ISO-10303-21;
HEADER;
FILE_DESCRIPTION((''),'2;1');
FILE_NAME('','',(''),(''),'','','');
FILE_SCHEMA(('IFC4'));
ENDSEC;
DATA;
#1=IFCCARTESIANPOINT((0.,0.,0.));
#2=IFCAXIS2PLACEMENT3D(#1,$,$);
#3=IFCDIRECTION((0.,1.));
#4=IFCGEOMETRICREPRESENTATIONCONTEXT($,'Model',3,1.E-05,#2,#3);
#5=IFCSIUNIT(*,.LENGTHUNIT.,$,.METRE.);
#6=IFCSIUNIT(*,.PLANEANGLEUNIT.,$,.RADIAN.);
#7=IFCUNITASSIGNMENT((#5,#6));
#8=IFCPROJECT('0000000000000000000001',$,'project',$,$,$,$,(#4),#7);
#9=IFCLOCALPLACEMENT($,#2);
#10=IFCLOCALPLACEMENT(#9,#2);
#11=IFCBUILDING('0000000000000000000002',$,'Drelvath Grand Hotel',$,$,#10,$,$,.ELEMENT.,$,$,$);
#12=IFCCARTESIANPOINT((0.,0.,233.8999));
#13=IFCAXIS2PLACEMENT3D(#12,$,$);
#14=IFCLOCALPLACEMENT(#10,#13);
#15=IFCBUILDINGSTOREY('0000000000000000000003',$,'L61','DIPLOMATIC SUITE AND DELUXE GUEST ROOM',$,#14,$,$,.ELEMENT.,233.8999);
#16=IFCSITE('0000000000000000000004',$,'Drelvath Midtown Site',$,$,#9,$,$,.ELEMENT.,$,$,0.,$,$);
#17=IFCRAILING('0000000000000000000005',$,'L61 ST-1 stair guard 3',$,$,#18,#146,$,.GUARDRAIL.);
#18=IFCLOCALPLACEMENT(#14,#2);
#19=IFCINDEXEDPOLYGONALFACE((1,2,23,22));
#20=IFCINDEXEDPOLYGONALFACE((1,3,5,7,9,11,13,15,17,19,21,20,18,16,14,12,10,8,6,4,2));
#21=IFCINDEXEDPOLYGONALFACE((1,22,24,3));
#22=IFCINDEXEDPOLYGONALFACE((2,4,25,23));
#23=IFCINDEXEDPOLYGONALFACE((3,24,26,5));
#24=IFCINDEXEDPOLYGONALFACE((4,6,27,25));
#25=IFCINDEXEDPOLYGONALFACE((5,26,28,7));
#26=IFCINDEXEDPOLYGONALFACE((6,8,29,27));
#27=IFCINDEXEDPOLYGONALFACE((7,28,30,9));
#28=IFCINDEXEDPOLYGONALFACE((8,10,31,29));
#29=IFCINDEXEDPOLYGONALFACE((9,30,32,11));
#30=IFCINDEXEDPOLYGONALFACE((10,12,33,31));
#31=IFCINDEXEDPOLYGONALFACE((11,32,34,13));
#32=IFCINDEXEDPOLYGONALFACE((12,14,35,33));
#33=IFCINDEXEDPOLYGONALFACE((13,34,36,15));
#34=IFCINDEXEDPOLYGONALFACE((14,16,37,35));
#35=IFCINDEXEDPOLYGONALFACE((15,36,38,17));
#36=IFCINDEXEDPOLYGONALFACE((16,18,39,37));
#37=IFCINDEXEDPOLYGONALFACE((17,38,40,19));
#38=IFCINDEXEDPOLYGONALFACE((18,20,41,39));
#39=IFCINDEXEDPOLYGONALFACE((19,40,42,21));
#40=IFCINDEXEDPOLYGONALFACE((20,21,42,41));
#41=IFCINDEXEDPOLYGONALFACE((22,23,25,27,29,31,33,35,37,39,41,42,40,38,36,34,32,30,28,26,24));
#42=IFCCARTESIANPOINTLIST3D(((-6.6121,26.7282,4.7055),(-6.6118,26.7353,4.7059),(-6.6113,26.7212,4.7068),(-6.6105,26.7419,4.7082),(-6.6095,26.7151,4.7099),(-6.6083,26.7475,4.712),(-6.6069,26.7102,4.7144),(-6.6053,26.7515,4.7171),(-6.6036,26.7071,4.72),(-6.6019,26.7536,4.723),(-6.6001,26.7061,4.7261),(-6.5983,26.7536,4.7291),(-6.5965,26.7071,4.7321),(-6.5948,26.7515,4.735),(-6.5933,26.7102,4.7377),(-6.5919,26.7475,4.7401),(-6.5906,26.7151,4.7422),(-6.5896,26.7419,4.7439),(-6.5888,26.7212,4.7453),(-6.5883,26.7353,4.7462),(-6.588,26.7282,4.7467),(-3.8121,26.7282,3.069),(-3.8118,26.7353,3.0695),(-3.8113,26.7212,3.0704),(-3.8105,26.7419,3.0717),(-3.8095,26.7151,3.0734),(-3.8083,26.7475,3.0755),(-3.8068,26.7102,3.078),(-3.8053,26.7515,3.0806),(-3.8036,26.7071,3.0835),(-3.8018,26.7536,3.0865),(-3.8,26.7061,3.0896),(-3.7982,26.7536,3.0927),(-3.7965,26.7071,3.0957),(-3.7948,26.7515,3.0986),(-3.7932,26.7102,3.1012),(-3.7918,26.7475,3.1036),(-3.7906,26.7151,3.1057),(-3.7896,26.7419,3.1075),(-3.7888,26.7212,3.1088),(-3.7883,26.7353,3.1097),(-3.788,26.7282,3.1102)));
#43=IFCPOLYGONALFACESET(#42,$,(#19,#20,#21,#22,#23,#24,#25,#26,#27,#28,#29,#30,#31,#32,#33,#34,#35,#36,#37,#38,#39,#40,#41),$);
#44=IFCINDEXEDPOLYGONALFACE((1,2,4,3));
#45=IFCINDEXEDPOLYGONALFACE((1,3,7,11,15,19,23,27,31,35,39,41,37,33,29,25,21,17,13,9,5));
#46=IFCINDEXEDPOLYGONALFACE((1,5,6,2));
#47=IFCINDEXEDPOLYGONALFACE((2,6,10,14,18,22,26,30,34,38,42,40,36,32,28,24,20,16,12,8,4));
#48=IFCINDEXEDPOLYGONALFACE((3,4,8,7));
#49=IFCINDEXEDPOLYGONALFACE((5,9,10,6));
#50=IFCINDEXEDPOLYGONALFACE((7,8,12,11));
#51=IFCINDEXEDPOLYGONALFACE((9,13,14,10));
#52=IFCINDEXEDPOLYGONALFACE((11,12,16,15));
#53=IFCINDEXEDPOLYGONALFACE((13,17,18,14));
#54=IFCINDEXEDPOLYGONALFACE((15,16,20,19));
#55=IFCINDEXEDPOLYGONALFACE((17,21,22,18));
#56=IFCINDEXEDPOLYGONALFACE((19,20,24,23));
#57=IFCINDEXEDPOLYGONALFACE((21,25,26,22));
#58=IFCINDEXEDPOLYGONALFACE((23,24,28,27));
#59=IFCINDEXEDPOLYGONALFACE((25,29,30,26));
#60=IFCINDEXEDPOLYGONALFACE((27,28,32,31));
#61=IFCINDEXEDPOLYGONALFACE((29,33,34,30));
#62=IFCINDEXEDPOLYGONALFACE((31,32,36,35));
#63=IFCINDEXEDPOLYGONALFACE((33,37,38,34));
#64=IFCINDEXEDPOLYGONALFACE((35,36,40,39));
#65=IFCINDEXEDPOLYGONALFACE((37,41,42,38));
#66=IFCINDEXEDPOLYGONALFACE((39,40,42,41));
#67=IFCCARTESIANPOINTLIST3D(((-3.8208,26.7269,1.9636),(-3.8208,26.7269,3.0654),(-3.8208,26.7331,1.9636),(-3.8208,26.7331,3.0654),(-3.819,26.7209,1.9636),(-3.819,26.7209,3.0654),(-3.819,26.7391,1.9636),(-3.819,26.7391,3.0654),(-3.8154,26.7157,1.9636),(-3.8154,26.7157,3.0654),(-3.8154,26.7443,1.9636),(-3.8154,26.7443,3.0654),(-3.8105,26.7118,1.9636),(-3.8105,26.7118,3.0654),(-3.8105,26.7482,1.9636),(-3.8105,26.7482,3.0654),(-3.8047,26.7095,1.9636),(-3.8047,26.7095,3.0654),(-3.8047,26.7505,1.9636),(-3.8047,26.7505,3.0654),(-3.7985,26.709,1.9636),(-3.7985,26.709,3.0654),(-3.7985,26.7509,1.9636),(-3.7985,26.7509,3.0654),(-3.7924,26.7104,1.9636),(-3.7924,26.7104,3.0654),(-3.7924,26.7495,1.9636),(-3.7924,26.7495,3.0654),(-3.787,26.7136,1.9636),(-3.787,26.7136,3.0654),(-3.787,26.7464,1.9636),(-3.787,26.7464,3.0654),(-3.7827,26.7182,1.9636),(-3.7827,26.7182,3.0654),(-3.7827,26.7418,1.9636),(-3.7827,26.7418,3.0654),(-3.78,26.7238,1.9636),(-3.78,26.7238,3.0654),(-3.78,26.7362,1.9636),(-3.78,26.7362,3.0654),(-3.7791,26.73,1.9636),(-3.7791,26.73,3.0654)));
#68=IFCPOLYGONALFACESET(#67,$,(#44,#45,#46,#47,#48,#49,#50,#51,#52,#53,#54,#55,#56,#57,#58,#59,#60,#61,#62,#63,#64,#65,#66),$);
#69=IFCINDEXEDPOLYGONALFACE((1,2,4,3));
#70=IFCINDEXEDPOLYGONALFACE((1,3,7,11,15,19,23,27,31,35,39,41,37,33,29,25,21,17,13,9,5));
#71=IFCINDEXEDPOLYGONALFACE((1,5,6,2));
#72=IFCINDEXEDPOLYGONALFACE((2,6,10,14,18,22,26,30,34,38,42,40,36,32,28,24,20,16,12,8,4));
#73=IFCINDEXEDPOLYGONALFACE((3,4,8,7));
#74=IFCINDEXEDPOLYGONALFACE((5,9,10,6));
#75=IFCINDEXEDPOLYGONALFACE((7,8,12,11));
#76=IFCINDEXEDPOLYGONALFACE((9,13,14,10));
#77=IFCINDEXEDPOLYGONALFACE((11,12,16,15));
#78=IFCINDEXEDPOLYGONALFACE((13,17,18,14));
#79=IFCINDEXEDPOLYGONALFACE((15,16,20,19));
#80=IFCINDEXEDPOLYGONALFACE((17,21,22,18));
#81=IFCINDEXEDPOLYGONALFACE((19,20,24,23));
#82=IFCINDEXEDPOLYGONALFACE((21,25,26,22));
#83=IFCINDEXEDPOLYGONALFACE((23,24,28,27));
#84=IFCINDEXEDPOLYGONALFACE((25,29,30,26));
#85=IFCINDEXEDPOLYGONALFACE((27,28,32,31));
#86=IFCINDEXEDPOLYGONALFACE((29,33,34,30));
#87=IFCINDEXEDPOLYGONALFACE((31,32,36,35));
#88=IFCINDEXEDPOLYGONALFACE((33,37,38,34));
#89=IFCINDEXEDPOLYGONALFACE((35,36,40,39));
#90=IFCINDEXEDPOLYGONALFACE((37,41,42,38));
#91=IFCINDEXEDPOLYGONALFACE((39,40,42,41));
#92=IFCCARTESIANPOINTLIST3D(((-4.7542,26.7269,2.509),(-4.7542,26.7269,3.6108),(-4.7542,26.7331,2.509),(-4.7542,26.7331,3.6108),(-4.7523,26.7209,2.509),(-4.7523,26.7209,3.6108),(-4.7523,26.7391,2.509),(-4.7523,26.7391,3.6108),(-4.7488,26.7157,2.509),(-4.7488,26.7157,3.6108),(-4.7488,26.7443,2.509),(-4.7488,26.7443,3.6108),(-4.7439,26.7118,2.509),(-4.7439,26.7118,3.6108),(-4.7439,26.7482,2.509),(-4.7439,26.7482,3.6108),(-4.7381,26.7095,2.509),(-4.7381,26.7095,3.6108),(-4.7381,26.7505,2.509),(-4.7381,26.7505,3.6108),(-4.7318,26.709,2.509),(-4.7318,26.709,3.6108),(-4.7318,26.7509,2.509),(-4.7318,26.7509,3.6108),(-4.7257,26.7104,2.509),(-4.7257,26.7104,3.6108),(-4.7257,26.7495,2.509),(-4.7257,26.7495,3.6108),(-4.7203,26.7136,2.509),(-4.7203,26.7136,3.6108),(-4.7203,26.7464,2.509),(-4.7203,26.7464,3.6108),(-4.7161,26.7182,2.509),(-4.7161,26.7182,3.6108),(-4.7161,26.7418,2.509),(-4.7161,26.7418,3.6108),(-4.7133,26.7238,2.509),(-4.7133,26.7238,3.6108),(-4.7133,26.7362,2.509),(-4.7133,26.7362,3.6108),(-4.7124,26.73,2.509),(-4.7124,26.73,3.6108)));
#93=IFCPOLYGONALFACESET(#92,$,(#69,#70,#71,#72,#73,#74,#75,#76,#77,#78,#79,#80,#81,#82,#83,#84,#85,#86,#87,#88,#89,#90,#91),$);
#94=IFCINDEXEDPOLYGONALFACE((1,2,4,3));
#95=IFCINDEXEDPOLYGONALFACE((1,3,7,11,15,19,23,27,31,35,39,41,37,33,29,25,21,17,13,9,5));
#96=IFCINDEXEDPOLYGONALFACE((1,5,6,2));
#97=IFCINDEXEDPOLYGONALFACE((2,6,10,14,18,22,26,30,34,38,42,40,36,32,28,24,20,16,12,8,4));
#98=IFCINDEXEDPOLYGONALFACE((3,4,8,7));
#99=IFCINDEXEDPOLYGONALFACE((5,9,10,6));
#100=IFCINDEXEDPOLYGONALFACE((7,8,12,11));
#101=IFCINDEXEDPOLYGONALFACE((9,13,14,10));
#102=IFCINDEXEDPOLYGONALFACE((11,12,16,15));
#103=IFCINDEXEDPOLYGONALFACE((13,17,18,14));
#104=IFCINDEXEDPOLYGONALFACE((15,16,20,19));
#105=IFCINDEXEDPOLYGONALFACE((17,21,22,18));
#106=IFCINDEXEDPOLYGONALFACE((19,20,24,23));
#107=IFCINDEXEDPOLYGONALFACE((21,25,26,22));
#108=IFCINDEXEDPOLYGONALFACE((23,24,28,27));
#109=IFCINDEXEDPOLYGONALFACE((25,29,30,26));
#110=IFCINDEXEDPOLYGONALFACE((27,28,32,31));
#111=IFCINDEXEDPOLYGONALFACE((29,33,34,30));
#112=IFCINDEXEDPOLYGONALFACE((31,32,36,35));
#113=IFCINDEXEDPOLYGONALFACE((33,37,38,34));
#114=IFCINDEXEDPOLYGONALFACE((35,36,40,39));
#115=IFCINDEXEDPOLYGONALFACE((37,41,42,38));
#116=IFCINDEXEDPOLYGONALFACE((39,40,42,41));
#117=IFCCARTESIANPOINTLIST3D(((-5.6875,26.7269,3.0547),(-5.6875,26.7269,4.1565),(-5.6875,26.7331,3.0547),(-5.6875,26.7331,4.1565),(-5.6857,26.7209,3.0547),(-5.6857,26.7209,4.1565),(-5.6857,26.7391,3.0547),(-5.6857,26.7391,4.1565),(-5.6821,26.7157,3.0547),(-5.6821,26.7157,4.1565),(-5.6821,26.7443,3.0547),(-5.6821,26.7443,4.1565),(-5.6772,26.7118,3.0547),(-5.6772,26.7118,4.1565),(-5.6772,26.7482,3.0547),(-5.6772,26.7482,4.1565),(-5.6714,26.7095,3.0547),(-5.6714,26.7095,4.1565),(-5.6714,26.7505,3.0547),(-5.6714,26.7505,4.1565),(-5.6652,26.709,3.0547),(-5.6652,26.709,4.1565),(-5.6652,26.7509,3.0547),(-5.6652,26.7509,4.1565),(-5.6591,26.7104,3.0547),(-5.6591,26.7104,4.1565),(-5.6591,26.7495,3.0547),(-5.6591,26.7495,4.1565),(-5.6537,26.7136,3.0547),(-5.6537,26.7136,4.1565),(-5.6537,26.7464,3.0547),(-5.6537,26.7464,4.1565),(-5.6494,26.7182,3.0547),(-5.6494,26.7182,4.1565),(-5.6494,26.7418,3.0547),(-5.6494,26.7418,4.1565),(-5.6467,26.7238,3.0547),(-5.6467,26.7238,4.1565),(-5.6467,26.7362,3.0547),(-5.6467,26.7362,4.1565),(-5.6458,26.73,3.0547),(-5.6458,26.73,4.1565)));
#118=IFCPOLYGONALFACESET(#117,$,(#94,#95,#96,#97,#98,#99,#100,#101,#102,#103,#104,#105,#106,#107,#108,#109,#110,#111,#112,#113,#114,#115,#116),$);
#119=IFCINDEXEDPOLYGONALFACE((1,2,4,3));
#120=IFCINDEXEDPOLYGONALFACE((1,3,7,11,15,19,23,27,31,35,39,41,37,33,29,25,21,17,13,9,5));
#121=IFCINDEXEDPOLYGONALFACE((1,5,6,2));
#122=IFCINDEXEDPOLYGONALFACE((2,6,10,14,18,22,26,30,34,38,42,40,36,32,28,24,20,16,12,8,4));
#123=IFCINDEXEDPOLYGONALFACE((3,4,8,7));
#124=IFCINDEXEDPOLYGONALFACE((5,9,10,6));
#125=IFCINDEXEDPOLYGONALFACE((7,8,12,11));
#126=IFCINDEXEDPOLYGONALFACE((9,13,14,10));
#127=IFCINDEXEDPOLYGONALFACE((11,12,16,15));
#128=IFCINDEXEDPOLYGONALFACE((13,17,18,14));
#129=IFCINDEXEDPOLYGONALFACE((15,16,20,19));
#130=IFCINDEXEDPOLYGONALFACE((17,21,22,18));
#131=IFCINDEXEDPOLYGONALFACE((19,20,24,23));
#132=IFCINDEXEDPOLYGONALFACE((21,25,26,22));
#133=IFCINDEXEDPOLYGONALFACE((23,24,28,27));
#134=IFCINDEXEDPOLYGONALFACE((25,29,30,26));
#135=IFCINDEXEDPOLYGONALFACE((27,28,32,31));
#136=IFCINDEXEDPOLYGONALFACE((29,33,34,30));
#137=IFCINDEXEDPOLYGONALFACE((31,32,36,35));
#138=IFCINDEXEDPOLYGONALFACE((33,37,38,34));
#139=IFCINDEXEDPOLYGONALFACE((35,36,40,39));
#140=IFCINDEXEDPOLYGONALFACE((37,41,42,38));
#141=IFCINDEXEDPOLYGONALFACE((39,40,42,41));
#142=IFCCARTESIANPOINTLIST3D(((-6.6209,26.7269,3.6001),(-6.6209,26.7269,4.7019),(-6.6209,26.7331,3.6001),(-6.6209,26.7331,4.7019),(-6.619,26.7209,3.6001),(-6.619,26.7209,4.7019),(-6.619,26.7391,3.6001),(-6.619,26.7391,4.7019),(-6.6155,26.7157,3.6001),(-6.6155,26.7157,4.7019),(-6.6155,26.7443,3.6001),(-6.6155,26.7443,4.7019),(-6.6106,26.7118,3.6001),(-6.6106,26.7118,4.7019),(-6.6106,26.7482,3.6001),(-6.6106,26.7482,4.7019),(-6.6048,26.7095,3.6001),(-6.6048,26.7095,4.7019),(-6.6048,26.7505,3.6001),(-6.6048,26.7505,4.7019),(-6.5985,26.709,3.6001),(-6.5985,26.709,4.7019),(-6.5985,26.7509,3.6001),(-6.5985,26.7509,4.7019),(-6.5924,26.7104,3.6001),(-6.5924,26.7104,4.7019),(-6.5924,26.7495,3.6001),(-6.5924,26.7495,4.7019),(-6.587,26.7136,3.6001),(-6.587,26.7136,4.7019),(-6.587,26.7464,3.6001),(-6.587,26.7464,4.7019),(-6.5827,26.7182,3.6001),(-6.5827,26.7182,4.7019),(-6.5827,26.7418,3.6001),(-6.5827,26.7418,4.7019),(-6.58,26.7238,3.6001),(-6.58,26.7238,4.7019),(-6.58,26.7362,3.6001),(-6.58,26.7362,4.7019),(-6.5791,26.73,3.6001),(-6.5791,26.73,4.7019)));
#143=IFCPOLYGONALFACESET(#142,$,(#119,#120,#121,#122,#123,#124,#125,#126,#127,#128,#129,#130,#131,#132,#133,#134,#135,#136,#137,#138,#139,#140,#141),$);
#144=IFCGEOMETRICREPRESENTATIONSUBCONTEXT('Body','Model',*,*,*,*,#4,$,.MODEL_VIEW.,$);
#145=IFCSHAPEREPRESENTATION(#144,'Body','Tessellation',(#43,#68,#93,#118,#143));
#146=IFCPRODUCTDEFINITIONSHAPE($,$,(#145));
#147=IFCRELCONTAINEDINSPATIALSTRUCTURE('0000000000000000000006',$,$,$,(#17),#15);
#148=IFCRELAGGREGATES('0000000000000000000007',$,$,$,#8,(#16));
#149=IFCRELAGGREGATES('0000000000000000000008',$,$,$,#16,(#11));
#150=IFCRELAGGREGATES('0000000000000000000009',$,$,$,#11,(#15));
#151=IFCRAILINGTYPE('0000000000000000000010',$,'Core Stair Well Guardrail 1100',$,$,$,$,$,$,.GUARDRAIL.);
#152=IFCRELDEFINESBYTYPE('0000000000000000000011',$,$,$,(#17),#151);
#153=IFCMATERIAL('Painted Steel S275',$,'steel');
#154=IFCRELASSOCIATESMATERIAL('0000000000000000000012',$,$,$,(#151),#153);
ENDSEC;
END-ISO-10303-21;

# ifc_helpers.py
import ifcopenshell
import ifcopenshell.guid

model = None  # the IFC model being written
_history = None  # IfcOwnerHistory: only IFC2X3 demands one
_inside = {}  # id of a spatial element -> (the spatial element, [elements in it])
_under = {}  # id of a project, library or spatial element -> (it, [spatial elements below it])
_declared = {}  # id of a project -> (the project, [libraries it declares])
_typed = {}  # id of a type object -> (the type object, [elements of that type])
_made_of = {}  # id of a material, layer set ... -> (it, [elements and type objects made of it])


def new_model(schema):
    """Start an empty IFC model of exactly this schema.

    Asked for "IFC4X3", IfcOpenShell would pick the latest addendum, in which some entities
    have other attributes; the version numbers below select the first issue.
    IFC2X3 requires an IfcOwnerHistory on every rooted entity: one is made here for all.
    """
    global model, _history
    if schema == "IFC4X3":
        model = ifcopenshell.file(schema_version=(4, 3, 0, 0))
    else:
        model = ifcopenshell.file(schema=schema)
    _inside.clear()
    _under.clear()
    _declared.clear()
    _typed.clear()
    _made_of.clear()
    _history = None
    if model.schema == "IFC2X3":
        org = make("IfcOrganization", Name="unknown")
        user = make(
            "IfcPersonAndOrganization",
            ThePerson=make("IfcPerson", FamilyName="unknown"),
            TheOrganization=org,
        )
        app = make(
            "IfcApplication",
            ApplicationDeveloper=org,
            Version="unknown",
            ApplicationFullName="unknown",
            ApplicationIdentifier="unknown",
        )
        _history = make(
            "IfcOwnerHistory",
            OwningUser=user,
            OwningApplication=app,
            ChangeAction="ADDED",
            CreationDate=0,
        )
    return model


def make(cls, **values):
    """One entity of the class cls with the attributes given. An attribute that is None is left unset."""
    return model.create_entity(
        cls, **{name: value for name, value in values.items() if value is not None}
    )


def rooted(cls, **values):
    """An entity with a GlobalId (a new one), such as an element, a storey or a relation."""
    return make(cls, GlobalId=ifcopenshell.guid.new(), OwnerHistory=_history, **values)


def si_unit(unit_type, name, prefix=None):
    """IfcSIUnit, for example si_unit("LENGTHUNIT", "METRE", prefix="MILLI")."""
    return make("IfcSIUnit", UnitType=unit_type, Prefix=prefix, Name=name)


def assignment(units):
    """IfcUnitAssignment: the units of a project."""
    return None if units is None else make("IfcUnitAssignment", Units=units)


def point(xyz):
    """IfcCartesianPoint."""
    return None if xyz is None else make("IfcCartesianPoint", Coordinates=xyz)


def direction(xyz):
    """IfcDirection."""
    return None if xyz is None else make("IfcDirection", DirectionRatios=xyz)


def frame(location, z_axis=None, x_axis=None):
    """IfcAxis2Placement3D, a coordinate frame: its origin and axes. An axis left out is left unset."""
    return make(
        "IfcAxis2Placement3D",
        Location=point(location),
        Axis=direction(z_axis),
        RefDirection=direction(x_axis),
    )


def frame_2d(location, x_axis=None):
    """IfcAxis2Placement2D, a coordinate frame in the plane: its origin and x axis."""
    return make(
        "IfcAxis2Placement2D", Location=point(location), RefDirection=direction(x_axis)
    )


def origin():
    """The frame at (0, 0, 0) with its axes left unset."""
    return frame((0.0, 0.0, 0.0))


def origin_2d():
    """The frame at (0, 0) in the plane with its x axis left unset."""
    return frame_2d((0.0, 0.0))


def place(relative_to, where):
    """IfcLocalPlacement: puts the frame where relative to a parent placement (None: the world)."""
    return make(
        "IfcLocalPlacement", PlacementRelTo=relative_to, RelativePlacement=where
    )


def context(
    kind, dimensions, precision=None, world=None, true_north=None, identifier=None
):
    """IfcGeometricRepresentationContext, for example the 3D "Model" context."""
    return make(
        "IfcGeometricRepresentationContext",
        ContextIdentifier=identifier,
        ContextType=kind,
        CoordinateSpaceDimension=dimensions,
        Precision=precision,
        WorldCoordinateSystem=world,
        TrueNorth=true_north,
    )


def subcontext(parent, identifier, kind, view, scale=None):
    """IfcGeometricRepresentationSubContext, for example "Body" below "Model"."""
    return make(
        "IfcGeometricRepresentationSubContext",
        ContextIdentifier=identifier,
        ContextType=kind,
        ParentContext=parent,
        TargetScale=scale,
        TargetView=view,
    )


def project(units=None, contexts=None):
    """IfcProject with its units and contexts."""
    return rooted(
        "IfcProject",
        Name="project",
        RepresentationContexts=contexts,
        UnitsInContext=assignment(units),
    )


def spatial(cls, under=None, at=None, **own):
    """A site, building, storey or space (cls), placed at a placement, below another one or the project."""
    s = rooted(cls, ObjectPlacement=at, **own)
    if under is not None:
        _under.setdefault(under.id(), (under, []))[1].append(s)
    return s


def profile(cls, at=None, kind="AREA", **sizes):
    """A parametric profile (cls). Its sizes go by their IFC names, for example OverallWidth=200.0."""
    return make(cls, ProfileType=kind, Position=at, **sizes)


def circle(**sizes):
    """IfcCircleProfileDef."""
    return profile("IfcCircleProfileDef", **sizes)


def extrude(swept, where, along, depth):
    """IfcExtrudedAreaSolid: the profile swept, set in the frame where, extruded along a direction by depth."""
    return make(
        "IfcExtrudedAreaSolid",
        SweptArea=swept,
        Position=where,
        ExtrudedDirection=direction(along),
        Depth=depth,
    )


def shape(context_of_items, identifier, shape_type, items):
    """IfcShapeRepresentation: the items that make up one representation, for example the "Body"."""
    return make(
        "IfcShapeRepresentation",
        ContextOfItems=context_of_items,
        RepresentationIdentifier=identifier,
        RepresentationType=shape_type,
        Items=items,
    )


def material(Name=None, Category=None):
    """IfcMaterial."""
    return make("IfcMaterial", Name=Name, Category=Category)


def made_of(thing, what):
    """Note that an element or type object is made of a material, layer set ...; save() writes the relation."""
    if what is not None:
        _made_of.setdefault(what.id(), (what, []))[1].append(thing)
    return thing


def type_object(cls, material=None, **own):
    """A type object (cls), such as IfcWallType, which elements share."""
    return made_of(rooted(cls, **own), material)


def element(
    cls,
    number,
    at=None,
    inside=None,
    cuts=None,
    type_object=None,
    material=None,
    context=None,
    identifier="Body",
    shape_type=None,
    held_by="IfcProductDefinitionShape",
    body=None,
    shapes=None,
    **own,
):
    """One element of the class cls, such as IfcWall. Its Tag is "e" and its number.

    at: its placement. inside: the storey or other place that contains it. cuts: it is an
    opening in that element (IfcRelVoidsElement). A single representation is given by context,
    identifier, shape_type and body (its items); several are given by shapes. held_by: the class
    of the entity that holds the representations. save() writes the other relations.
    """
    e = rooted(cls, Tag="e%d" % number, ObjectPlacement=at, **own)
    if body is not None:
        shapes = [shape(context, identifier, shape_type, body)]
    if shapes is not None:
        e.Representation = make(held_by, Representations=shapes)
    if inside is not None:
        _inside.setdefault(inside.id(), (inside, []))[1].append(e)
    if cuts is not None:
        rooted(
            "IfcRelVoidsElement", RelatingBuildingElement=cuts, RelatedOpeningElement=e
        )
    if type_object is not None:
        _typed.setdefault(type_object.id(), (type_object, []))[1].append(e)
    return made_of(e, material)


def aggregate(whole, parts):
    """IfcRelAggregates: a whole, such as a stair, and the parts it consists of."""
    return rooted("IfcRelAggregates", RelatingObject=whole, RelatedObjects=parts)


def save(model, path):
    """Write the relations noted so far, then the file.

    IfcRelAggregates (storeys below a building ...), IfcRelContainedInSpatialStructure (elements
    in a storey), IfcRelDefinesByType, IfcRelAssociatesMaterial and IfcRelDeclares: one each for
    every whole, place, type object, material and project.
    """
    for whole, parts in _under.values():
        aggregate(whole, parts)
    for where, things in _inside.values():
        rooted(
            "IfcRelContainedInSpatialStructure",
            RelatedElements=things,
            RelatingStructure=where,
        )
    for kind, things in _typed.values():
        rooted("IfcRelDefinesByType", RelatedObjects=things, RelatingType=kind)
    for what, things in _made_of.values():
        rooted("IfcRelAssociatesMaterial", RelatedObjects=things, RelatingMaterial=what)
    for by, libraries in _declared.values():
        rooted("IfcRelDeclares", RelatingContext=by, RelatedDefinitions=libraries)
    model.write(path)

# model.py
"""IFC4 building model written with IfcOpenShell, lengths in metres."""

from ifc_helpers import new_model, si_unit, direction, frame, origin, origin_2d, place, context, subcontext, project, spatial, circle, extrude, material, type_object, element, save


model = new_model("IFC4")

# Units and contexts
model_context = context("Model", 3, precision=1e-05, world=origin(), true_north=direction((0.0, 1.0)))
body_context = subcontext(model_context, "Body", "Model", "MODEL_VIEW")
ifc_project = project(units=[si_unit("LENGTHUNIT", "METRE"), si_unit("PLANEANGLEUNIT", "RADIAN")], contexts=[model_context])

# Site, building, storey
site_placement = place(None, origin())
site = spatial("IfcSite", under=ifc_project, at=site_placement, Name="Drelvath Midtown Site", CompositionType="ELEMENT", RefElevation=0.0)
building_placement = place(site_placement, origin())
building = spatial("IfcBuilding", under=site, at=building_placement, Name="Drelvath Grand Hotel", CompositionType="ELEMENT")
storey_placement = place(building_placement, frame((0.0, 0.0, 233.8999)))
storey = spatial("IfcBuildingStorey", under=building, at=storey_placement, Name="L61", Description="DIPLOMATIC SUITE AND DELUXE GUEST ROOM", CompositionType="ELEMENT", Elevation=233.8999)

# Shared definitions
ifc_material_1 = material(Name="Painted Steel S275", Category="steel")

# Railing
railing_type_1 = type_object("IfcRailingType", Name="Core Stair Well Guardrail 1100", PredefinedType="GUARDRAIL", material=ifc_material_1)
railing_1_placement = place(storey_placement, frame((-3.8, 26.73, 1.9636)))
element("IfcRailing", 1, at=railing_1_placement, inside=storey, type_object=railing_type_1, Name="L61 ST-1 stair guard 3", PredefinedType="GUARDRAIL", context=body_context, shape_type="SweptSolid", body=[
    extrude(circle(Radius=0.0239, at=origin_2d()), frame((0.0, 0.0, 1.126), z_axis=(-0.863361, 0.0, 0.504587), x_axis=(0.0, -1.0, 0.0)), (0.0, 0.0, 1.0), 3.2432),
    extrude(circle(Radius=0.021, at=origin_2d()), origin(), (0.0, 0.0, 1.0), 1.1018),
    extrude(circle(Radius=0.021, at=origin_2d()), frame((-0.9333, 0.0, 0.5454)), (0.0, 0.0, 1.0), 1.1018),
    extrude(circle(Radius=0.021, at=origin_2d()), frame((-1.8667, 0.0, 1.0911)), (0.0, 0.0, 1.0), 1.1018),
    extrude(circle(Radius=0.021, at=origin_2d()), frame((-2.8, 0.0, 1.6365)), (0.0, 0.0, 1.0), 1.1018),
])

save(model, "model.ifc")
